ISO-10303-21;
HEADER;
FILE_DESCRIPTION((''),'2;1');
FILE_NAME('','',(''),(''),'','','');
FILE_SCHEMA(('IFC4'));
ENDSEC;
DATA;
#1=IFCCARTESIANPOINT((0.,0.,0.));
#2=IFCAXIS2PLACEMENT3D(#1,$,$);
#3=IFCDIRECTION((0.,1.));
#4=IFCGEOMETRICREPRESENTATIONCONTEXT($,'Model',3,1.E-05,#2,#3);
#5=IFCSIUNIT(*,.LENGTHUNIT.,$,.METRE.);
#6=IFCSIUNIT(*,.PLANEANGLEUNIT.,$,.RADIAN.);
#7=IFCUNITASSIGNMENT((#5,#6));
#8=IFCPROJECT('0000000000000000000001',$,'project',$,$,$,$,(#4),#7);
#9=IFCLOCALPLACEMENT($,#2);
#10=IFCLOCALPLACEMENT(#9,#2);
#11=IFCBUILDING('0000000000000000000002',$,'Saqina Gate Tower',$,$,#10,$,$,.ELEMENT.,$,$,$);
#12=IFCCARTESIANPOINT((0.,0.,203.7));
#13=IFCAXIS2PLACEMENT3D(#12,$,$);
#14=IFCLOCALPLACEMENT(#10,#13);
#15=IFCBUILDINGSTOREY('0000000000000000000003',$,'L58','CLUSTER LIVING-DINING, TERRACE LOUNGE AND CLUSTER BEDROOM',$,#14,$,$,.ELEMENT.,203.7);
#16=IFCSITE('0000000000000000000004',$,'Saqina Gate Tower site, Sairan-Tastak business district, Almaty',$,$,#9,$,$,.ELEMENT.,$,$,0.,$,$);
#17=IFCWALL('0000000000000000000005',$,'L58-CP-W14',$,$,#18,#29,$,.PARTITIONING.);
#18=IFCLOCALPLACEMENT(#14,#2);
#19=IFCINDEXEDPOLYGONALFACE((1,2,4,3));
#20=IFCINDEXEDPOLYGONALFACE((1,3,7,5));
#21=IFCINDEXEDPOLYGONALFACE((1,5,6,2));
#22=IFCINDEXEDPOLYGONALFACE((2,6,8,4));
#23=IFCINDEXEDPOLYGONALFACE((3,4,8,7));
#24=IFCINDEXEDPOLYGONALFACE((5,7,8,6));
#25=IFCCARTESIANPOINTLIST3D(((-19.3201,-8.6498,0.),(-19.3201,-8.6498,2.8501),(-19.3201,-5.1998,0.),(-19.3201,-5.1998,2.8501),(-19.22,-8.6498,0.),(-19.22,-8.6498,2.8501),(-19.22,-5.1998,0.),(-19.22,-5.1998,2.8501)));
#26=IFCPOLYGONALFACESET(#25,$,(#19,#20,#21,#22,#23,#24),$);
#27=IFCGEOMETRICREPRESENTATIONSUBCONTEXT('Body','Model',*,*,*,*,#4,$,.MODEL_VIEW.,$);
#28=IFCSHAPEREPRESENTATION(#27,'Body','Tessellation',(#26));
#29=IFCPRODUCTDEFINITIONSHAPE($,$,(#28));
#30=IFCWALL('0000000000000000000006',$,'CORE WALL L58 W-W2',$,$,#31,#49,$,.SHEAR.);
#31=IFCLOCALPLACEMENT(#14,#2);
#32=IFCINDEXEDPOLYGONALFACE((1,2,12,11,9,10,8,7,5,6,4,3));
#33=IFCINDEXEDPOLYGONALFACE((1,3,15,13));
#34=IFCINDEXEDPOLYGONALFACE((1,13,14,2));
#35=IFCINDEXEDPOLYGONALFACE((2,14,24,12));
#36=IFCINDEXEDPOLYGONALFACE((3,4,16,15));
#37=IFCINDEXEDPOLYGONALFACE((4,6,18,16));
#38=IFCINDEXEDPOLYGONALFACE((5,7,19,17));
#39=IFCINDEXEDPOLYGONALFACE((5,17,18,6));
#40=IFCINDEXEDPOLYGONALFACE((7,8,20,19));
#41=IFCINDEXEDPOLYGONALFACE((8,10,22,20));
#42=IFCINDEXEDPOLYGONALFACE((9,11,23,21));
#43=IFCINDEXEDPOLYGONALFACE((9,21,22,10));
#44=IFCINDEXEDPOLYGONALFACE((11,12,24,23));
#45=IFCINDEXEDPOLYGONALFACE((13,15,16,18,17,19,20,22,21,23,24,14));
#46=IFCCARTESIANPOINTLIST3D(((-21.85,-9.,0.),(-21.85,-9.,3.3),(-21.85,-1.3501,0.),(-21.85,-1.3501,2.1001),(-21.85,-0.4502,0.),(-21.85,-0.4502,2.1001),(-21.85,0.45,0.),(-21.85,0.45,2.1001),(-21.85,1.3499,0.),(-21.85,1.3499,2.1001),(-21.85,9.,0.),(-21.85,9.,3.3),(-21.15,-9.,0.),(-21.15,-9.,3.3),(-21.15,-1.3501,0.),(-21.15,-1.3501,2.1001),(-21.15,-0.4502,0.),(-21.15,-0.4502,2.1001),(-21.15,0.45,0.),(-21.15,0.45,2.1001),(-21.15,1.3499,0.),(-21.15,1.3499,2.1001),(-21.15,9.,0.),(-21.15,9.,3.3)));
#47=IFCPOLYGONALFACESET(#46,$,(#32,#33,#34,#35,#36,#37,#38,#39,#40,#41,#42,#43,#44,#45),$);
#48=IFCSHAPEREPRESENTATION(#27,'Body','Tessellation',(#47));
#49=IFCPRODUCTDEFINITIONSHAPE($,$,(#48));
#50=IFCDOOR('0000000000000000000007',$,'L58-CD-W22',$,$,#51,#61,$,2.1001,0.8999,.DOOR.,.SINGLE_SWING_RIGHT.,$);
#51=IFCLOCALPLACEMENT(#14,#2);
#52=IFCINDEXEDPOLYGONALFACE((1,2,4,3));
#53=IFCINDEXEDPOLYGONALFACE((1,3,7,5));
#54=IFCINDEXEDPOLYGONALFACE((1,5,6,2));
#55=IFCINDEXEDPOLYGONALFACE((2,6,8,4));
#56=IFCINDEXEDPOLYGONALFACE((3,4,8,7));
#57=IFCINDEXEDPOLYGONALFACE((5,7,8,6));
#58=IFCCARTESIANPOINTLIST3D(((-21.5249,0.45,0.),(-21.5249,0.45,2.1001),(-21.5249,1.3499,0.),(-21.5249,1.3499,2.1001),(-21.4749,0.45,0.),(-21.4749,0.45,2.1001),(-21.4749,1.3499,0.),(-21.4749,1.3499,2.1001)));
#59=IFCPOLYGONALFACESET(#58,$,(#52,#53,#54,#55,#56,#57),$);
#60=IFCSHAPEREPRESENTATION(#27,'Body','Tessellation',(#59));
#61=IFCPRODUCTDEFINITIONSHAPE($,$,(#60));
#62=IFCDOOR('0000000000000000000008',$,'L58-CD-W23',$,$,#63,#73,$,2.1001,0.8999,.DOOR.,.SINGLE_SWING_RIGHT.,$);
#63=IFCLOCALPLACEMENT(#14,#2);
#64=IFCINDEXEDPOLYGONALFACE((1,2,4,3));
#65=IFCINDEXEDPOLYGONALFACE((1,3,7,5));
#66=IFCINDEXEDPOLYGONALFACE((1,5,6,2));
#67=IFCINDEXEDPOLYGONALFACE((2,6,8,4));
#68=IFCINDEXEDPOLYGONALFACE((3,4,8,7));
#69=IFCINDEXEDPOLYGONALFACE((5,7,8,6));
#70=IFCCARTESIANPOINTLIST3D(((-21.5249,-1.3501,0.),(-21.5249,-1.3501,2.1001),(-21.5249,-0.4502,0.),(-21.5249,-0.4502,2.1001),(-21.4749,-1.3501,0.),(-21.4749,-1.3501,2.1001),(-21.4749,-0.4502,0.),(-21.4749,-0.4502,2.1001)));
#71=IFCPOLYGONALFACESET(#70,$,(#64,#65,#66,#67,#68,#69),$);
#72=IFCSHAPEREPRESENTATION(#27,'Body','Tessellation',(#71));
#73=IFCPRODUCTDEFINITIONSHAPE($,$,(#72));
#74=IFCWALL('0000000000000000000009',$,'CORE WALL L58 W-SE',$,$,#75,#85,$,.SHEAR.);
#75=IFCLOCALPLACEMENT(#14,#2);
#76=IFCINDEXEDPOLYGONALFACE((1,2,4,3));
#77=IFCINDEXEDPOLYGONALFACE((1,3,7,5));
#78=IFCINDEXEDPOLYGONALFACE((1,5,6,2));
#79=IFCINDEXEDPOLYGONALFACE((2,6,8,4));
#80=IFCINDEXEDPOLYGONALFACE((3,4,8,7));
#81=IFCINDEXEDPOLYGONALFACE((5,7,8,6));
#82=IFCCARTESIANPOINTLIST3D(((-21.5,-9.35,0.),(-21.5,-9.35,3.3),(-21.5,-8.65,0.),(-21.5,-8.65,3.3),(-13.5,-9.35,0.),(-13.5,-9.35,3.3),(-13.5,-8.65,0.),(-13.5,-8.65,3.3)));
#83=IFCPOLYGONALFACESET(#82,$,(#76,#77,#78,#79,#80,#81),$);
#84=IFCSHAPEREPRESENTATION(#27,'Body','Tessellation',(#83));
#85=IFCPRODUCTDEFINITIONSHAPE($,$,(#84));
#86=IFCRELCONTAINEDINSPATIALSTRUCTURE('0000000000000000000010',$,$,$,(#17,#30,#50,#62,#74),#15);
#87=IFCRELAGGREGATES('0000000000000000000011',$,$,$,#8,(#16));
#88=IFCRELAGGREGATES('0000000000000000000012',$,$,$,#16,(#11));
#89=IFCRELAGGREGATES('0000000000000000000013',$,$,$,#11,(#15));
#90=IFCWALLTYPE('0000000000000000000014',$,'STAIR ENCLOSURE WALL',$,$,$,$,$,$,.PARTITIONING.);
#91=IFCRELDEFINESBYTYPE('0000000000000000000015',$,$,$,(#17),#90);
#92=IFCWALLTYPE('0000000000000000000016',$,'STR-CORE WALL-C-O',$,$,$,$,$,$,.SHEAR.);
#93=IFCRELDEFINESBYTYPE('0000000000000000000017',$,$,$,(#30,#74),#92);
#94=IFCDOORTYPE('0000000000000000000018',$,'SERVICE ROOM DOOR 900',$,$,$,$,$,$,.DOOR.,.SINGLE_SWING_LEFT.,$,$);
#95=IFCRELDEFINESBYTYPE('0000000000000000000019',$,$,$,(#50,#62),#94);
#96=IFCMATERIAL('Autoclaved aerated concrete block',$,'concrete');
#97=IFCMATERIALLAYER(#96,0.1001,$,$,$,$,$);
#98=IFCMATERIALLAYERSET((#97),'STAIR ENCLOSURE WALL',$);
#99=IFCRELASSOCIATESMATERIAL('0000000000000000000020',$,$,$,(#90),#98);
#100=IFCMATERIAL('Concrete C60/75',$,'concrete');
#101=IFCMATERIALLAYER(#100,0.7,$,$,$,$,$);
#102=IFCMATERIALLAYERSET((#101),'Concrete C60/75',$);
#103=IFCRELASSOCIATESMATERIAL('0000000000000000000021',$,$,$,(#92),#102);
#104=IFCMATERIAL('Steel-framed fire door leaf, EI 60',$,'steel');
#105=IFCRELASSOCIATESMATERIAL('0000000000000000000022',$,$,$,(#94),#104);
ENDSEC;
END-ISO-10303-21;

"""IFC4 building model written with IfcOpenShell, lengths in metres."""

from ifc_helpers import new_model, si_unit, direction, frame, frame_2d, origin, place, context, subcontext, project, spatial, rectangle, extrude, material, layer, layer_set, type_object, element, fill, save


model = new_model("IFC4")

# Units and contexts
model_context = context("Model", 3, precision=1e-05, world=origin(), true_north=direction((0.0, 1.0)))
body_context = subcontext(model_context, "Body", "Model", "MODEL_VIEW")
ifc_project = project(units=[si_unit("LENGTHUNIT", "METRE"), si_unit("PLANEANGLEUNIT", "RADIAN")], contexts=[model_context])

# Site, building, storey
site_placement = place(None, origin())
site = spatial("IfcSite", under=ifc_project, at=site_placement, Name="Saqina Gate Tower site, Sairan-Tastak business district, Almaty", CompositionType="ELEMENT", RefElevation=0.0)
building_placement = place(site_placement, origin())
building = spatial("IfcBuilding", under=site, at=building_placement, Name="Saqina Gate Tower", CompositionType="ELEMENT")
storey_placement = place(building_placement, frame((0.0, 0.0, 203.7)))
storey = spatial("IfcBuildingStorey", under=building, at=storey_placement, Name="L58", Description="CLUSTER LIVING-DINING, TERRACE LOUNGE AND CLUSTER BEDROOM", CompositionType="ELEMENT", Elevation=203.7)

# Wall
ifc_material_1 = material(Name="Autoclaved aerated concrete block", Category="concrete")
ifc_layer_1 = layer(ifc_material_1, 0.1001)
ifc_layer_set_1 = layer_set([ifc_layer_1], Name="STAIR ENCLOSURE WALL")
wall_type_1 = type_object("IfcWallType", Name="STAIR ENCLOSURE WALL", PredefinedType="PARTITIONING", material=ifc_layer_set_1)
wall_1_placement = place(storey_placement, frame((-19.27, -8.6499, 0.0), z_axis=(0.0, 0.0, 1.0), x_axis=(0.0, 1.0, 0.0)))
element("IfcWall", 1, at=wall_1_placement, inside=storey, type_object=wall_type_1, Name="L58-CP-W14", PredefinedType="PARTITIONING", context=body_context, shape_type="SweptSolid", body=[
    extrude(rectangle(XDim=3.45, YDim=0.1001, at=frame_2d((1.7251, 0.0))), origin(), (0.0, 0.0, 1.0), 2.8501),
])

# Wall, openings, doors
ifc_material_2 = material(Name="Concrete C60/75", Category="concrete")
ifc_layer_2 = layer(ifc_material_2, 0.7)
ifc_layer_set_2 = layer_set([ifc_layer_2], Name="Concrete C60/75")
wall_type_2 = type_object("IfcWallType", Name="STR-CORE WALL-C-O", PredefinedType="SHEAR", material=ifc_layer_set_2)
wall_2_placement = place(storey_placement, frame((-21.5, -9.0, 0.0), z_axis=(0.0, 0.0, 1.0), x_axis=(0.0, 1.0, 0.0)))
wall_2 = element("IfcWall", 2, at=wall_2_placement, inside=storey, type_object=wall_type_2, Name="CORE WALL L58 W-W2", PredefinedType="SHEAR", context=body_context, shape_type="SweptSolid", body=[
    extrude(rectangle(XDim=18.0, YDim=0.7, at=frame_2d((9.0, 0.0))), origin(), (0.0, 0.0, 1.0), 3.3),
])
opening_1_placement = place(wall_2_placement, frame((9.45, 0.0, 0.0)))
opening_1 = element("IfcOpeningElement", 3, at=opening_1_placement, cuts=wall_2, PredefinedType="OPENING", context=body_context, shape_type="SweptSolid", body=[
    extrude(rectangle(XDim=0.8999, YDim=2.1001, at=frame_2d((0.45, 1.05))), frame((0.0, 0.3621, 0.0), z_axis=(0.0, -1.0, 0.0), x_axis=(1.0, 0.0, 0.0)), (0.0, 0.0, 1.0), 0.7239),
])
opening_2_placement = place(wall_2_placement, frame((7.6499, 0.0, 0.0)))
opening_2 = element("IfcOpeningElement", 4, at=opening_2_placement, cuts=wall_2, PredefinedType="OPENING", context=body_context, shape_type="SweptSolid", body=[
    extrude(rectangle(XDim=0.8999, YDim=2.1001, at=frame_2d((0.45, 1.05))), frame((0.0, 0.3621, 0.0), z_axis=(0.0, -1.0, 0.0), x_axis=(1.0, 0.0, 0.0)), (0.0, 0.0, 1.0), 0.7239),
])
ifc_material_3 = material(Name="Steel-framed fire door leaf, EI 60", Category="steel")
door_type_1 = type_object("IfcDoorType", Name="SERVICE ROOM DOOR 900", OperationType="SINGLE_SWING_LEFT", PredefinedType="DOOR", material=ifc_material_3)
door_1_placement = place(opening_1_placement, origin())
door_1 = element("IfcDoor", 5, at=door_1_placement, inside=storey, type_object=door_type_1, Name="L58-CD-W22", OperationType="SINGLE_SWING_RIGHT", OverallHeight=2.1001, OverallWidth=0.8999, PredefinedType="DOOR", context=body_context, shape_type="SweptSolid", body=[
    extrude(rectangle(XDim=0.8999, YDim=2.1001, at=frame_2d((0.45, 1.05))), frame((0.0, 0.0249, 0.0), z_axis=(0.0, -1.0, 0.0), x_axis=(1.0, 0.0, 0.0)), (0.0, 0.0, 1.0), 0.05),
])
fill(opening_1, door_1)
door_2_placement = place(opening_2_placement, origin())
door_2 = element("IfcDoor", 6, at=door_2_placement, inside=storey, type_object=door_type_1, Name="L58-CD-W23", OperationType="SINGLE_SWING_RIGHT", OverallHeight=2.1001, OverallWidth=0.8999, PredefinedType="DOOR", context=body_context, shape_type="SweptSolid", body=[
    extrude(rectangle(XDim=0.8999, YDim=2.1001, at=frame_2d((0.45, 1.05))), frame((0.0, 0.0249, 0.0), z_axis=(0.0, -1.0, 0.0), x_axis=(1.0, 0.0, 0.0)), (0.0, 0.0, 1.0), 0.05),
])
fill(opening_2, door_2)

# Wall
wall_3_placement = place(storey_placement, frame((-13.5, -9.0, 0.0), z_axis=(0.0, 0.0, 1.0), x_axis=(-1.0, 0.0, 0.0)))
element("IfcWall", 7, at=wall_3_placement, inside=storey, type_object=wall_type_2, Name="CORE WALL L58 W-SE", PredefinedType="SHEAR", context=body_context, shape_type="SweptSolid", body=[
    extrude(rectangle(XDim=8.0, YDim=0.7, at=frame_2d((4.0, 0.0))), origin(), (0.0, 0.0, 1.0), 3.3),
])

save(model, "model.ifc")
